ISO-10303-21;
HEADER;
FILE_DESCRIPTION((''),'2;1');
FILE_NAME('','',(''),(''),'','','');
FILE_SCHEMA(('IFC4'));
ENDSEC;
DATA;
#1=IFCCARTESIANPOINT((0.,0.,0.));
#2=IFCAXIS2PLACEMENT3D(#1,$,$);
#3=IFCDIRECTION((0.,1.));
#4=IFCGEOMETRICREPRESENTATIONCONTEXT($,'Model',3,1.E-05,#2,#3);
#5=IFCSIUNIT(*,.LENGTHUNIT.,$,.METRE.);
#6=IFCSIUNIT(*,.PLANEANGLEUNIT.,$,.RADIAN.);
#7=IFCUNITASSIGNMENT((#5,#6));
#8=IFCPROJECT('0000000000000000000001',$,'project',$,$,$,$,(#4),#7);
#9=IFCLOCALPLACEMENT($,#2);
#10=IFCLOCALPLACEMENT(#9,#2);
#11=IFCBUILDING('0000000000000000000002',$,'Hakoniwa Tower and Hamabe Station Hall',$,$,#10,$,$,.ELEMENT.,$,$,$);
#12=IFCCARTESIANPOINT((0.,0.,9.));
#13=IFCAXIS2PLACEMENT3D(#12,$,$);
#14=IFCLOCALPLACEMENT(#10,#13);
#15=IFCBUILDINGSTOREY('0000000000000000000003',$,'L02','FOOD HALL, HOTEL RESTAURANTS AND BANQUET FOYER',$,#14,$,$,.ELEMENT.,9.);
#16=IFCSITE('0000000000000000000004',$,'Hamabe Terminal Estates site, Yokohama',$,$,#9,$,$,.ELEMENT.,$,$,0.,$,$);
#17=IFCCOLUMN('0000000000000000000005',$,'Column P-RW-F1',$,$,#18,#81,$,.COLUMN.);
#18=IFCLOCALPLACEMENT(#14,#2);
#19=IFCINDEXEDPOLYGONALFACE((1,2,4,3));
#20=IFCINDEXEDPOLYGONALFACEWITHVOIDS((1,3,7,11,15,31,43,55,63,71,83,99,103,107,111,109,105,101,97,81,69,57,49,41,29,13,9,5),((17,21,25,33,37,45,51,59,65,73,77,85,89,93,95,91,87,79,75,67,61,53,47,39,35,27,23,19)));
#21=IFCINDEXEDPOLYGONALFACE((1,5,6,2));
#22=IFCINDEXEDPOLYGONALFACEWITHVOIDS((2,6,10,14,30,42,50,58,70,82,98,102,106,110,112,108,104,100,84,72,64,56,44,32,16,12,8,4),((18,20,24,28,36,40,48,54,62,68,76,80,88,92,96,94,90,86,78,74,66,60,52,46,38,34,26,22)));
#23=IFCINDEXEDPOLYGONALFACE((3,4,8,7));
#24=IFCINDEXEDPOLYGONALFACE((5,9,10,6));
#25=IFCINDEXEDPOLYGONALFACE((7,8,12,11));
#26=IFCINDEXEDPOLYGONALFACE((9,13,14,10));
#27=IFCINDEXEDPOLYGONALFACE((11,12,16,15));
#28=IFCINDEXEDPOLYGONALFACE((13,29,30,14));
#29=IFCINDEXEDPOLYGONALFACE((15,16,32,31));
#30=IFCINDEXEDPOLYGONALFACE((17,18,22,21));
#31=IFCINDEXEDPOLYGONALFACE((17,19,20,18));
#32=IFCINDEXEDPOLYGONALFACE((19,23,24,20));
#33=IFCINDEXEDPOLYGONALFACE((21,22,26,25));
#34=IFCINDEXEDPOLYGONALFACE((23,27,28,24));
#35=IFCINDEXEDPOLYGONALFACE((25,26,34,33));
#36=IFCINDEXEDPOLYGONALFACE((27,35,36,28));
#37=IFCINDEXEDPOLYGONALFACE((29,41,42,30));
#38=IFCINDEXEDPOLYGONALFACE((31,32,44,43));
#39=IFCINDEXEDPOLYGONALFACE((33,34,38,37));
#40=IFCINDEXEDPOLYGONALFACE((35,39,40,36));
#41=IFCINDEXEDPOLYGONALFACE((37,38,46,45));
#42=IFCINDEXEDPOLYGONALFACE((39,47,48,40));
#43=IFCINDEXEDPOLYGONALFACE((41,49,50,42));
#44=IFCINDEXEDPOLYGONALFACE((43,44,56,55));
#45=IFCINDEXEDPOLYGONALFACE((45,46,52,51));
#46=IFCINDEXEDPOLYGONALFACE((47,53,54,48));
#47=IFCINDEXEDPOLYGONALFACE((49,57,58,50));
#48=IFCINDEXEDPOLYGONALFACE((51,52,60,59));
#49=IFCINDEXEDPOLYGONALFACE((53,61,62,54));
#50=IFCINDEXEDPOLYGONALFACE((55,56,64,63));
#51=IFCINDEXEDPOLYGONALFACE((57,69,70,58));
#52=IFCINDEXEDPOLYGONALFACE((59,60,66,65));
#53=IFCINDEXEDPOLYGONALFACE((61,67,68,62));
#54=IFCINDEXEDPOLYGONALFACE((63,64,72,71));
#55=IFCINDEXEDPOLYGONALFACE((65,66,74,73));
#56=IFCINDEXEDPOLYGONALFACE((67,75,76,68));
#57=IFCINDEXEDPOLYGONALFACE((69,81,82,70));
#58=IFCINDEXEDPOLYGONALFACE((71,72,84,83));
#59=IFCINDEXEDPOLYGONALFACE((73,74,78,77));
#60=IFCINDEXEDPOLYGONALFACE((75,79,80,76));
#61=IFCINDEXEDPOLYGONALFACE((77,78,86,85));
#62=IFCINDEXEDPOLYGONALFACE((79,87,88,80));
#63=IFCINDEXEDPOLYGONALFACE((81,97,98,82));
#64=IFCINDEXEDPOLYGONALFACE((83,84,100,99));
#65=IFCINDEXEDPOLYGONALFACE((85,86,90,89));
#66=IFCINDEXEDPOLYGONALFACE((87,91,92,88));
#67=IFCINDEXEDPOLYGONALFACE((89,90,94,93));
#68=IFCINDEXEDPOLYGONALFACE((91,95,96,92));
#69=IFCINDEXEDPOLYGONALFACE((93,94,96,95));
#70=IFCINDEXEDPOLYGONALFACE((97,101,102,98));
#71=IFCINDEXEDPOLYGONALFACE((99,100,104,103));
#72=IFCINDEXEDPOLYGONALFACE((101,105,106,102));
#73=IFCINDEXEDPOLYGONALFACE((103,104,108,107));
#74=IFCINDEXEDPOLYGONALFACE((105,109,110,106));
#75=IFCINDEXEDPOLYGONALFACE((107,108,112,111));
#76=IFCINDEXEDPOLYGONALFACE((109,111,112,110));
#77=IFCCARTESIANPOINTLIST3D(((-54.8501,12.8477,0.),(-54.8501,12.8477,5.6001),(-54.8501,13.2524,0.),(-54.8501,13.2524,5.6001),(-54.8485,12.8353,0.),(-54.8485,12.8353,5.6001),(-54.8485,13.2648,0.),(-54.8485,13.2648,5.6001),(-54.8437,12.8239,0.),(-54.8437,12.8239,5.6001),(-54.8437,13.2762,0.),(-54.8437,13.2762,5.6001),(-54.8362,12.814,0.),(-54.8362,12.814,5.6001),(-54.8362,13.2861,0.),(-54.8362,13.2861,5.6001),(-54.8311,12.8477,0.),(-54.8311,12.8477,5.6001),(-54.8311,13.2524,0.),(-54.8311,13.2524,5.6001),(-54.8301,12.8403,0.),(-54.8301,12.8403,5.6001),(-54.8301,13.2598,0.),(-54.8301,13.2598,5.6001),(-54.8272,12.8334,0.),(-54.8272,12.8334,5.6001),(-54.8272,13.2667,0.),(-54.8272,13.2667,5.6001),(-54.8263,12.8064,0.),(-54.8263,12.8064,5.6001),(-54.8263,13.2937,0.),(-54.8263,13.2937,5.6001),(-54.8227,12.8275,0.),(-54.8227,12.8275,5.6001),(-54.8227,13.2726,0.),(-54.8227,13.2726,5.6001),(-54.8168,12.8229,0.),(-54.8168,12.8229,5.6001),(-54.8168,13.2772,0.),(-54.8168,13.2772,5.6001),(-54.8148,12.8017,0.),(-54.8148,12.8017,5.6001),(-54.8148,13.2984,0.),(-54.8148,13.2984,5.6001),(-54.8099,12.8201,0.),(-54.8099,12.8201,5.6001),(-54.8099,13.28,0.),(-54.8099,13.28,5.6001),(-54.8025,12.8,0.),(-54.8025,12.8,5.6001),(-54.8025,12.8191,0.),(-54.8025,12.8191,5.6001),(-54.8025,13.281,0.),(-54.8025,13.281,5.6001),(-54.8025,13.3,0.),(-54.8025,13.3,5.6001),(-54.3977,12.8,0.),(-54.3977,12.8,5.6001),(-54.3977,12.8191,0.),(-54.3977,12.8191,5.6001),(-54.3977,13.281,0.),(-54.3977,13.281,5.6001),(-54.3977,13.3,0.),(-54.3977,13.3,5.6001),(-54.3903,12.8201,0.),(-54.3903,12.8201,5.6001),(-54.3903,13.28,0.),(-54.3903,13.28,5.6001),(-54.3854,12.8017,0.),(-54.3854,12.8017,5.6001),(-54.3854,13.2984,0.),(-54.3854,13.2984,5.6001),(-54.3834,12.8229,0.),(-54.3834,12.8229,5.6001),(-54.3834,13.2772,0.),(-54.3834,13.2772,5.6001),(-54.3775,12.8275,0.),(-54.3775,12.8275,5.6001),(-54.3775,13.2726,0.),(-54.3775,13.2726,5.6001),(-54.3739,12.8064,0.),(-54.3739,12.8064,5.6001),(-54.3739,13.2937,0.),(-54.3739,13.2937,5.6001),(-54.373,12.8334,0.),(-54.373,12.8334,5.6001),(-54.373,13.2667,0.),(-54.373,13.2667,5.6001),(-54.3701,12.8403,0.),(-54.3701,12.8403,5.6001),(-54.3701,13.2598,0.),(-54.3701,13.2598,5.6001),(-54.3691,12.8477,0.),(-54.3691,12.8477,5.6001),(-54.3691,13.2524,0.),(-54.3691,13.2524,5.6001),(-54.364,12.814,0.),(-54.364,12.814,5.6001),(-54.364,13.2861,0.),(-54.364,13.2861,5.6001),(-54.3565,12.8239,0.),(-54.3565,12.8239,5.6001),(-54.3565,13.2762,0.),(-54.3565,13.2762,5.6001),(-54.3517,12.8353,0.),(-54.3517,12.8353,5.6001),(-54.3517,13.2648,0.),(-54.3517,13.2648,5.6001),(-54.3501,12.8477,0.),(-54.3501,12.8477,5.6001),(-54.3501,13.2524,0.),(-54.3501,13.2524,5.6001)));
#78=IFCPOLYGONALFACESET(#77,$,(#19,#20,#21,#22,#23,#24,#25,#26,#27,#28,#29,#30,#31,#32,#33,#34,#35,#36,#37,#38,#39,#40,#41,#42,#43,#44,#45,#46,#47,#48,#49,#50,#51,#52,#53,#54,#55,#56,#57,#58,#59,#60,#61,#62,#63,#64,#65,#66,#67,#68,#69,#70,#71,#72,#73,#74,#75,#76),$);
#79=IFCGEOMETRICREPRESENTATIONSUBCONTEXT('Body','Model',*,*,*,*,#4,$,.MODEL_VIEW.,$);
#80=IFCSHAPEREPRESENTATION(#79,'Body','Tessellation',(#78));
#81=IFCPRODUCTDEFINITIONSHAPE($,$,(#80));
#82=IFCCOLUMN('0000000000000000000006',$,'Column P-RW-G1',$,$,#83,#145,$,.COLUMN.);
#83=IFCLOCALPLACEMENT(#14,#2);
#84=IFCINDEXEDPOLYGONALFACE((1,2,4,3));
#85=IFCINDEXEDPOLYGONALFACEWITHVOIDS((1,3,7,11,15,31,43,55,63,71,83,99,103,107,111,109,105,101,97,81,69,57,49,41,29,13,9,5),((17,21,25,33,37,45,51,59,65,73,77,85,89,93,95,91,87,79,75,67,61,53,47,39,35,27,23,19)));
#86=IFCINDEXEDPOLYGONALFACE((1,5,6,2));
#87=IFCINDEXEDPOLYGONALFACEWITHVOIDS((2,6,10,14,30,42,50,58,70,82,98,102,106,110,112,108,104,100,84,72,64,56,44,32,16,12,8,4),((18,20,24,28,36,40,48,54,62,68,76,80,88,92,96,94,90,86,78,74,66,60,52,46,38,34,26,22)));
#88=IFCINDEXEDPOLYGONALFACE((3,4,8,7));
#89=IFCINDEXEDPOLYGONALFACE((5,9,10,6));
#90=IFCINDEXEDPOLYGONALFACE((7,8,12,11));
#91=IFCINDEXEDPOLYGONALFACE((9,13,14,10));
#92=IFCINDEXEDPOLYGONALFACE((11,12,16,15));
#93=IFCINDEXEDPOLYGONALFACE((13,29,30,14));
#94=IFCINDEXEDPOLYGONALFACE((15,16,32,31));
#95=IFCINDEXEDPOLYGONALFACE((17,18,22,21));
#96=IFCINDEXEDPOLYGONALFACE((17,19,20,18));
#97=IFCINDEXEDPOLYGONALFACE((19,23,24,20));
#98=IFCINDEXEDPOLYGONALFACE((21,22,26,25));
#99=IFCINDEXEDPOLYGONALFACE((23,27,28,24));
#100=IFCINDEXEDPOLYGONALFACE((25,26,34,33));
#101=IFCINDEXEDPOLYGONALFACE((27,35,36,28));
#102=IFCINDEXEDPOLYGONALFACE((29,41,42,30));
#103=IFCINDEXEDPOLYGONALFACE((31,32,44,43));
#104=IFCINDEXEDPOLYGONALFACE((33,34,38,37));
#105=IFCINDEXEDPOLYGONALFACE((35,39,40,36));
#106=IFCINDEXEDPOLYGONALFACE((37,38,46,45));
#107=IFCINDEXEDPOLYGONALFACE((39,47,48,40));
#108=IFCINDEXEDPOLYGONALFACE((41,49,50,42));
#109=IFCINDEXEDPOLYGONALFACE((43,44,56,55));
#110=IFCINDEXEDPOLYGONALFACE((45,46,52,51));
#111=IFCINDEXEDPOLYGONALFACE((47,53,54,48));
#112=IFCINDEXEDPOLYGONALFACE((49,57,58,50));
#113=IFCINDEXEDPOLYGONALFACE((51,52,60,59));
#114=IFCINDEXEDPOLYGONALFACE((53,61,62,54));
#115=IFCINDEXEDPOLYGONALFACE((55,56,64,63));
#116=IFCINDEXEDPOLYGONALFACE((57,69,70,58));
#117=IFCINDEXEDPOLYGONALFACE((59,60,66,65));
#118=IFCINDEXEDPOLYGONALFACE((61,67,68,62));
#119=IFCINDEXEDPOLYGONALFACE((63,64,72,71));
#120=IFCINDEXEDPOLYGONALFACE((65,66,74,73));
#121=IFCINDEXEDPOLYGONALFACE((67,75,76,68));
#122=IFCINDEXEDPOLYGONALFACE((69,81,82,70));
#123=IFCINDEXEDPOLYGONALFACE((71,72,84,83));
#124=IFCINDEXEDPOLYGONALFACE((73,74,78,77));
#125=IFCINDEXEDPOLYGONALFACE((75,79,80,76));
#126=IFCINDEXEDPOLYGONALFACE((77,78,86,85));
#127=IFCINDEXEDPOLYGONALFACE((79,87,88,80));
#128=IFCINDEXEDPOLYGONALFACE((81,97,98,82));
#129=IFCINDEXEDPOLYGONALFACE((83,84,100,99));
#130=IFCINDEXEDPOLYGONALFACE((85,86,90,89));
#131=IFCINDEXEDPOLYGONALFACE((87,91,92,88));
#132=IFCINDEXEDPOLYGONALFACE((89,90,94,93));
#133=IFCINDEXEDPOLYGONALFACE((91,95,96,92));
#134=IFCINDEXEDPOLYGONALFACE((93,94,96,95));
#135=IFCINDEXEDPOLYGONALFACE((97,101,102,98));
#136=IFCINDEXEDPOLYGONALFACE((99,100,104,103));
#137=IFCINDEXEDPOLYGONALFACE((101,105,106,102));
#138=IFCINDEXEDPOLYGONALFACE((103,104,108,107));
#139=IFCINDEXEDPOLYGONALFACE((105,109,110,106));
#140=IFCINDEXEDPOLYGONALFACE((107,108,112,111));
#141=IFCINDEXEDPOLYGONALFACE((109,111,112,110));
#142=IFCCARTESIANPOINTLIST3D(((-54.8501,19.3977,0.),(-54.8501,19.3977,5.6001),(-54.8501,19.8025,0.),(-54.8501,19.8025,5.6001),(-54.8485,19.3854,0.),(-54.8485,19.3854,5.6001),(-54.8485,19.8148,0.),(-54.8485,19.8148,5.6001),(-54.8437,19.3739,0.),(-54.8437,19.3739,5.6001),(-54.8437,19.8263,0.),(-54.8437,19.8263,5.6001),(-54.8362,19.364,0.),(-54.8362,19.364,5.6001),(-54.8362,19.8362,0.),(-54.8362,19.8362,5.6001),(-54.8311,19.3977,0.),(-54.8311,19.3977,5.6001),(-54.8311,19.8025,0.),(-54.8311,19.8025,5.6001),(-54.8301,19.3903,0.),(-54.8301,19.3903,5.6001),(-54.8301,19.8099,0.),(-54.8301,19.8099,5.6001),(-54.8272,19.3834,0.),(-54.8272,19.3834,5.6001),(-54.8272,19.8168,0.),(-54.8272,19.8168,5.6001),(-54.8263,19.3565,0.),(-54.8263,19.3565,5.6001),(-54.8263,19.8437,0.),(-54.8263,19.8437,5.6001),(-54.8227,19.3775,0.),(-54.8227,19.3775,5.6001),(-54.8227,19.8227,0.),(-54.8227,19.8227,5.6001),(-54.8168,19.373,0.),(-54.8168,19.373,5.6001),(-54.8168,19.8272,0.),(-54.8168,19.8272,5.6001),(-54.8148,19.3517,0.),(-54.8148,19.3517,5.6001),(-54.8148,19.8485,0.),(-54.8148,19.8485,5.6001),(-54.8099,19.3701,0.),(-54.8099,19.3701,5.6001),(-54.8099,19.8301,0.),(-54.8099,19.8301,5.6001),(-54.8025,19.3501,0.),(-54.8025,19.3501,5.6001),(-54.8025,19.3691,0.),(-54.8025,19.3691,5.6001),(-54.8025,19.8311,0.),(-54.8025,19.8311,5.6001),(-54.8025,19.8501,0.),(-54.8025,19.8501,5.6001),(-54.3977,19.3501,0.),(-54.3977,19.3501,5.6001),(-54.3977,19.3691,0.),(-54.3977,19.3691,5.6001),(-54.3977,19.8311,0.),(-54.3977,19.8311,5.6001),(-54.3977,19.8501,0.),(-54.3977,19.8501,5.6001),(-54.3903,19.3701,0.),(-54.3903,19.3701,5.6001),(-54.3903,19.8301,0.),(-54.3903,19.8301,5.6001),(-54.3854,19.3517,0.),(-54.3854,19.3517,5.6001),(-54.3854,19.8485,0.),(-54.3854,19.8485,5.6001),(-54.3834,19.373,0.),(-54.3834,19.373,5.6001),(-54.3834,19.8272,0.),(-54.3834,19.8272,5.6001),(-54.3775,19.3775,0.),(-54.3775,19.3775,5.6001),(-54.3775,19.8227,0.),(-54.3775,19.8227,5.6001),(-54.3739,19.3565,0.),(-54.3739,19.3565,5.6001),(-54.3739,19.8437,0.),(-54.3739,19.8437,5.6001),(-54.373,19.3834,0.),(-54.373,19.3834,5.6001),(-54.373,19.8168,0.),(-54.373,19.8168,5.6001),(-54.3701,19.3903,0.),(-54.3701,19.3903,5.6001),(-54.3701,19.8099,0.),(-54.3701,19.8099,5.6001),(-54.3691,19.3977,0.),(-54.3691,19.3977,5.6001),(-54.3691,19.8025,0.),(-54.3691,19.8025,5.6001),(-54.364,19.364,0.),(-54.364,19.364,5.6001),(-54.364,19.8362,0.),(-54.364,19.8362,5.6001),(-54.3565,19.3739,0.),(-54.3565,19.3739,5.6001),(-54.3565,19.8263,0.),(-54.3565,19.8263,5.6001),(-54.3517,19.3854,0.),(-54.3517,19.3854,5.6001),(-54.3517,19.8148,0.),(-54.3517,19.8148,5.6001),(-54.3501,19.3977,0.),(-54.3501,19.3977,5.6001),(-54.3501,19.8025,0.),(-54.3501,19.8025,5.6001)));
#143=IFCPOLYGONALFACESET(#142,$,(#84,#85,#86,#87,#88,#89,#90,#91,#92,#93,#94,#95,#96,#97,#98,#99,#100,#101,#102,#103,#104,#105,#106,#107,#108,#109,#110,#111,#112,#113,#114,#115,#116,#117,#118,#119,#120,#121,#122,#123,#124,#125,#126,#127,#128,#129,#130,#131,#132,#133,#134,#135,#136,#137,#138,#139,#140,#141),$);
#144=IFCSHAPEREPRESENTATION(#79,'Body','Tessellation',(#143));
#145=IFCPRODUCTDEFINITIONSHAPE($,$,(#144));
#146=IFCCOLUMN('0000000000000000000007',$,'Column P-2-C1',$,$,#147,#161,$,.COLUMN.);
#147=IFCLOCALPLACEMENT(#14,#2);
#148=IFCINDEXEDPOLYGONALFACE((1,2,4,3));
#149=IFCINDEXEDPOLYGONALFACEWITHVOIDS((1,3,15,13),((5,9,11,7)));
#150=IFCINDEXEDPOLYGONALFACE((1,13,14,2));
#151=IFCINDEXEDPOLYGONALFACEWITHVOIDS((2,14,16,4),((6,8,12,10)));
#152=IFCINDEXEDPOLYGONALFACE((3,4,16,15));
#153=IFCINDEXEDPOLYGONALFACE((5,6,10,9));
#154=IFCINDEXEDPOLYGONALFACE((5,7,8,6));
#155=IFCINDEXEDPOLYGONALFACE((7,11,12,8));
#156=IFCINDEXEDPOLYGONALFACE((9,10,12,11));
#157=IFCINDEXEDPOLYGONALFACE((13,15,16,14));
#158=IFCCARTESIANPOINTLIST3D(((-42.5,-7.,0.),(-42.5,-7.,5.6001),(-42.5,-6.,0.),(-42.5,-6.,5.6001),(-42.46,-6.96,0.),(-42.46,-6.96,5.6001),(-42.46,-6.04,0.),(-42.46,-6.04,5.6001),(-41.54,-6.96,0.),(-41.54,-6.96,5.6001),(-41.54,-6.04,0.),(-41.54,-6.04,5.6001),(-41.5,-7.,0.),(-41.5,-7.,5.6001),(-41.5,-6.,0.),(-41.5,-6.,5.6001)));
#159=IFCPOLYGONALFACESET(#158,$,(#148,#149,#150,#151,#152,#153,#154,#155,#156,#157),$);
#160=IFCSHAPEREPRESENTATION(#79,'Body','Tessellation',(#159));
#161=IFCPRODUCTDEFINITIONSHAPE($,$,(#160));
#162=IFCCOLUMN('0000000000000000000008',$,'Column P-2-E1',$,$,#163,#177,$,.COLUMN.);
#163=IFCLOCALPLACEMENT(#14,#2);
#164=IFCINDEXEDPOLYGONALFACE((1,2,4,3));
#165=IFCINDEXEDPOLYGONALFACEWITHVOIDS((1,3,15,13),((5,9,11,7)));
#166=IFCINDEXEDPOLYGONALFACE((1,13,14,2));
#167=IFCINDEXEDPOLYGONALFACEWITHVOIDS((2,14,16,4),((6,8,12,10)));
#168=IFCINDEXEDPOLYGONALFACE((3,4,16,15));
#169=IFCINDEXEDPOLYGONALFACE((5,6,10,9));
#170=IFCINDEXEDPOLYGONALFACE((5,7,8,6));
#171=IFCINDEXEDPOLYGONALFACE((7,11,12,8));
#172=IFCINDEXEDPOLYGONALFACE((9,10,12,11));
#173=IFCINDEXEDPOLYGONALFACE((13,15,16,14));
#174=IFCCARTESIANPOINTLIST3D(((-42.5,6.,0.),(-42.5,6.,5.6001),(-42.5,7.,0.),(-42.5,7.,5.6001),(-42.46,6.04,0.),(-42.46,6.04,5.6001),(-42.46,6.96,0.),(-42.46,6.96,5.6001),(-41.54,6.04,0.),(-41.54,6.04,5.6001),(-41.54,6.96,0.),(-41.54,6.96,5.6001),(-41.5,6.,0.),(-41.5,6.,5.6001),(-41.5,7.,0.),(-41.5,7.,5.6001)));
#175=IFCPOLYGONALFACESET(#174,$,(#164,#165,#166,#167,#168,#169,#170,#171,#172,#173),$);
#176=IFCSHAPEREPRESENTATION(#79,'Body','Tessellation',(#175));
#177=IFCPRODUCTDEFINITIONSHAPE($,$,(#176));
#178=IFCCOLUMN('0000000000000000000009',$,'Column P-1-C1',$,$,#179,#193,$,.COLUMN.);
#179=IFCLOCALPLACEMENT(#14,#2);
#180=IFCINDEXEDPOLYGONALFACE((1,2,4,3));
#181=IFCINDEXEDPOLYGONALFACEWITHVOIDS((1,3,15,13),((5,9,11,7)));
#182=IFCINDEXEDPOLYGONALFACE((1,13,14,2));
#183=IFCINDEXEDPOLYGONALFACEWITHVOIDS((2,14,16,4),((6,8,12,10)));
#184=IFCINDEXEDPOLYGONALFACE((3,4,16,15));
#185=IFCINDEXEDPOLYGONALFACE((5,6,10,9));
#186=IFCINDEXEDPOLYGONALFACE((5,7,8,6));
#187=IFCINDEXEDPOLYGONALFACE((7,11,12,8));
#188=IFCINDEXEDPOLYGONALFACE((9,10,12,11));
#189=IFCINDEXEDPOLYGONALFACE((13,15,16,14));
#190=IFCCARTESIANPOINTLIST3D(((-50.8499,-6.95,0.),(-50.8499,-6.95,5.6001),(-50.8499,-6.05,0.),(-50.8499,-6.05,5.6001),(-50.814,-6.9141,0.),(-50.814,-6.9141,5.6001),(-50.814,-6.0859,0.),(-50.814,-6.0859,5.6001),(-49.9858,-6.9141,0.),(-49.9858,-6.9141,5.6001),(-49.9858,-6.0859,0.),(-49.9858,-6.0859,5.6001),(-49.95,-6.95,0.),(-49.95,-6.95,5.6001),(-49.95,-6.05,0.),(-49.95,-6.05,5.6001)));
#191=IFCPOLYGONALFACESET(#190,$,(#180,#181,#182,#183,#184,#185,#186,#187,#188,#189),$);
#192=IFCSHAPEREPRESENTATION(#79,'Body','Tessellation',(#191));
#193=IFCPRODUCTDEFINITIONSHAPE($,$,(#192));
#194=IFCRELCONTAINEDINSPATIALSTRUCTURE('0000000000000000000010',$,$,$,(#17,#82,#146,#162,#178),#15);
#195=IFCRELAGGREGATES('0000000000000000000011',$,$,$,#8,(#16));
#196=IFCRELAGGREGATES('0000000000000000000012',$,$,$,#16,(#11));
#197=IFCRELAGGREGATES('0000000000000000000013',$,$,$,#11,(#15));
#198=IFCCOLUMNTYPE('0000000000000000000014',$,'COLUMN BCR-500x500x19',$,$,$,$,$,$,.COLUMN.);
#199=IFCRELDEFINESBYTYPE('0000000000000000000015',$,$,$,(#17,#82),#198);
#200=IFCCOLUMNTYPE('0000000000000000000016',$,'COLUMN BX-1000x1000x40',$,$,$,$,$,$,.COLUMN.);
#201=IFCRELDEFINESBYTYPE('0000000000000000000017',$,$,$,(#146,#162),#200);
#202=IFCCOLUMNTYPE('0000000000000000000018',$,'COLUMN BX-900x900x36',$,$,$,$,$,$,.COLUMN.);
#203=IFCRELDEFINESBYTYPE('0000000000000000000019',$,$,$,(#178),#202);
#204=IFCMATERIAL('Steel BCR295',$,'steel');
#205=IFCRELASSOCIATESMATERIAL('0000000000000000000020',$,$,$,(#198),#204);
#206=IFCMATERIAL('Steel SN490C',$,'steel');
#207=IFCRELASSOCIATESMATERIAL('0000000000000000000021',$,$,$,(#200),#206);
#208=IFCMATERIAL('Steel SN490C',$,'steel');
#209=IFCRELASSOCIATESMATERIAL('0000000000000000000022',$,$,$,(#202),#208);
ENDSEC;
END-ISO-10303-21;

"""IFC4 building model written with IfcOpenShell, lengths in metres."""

from ifc_helpers import new_model, si_unit, direction, frame, origin, origin_2d, place, context, subcontext, project, spatial, hollow_rectangle, extrude, material, material_profile, profile_set, type_object, element, save


model = new_model("IFC4")

# Units and contexts
model_context = context("Model", 3, precision=1e-05, world=origin(), true_north=direction((0.0, 1.0)))
body_context = subcontext(model_context, "Body", "Model", "MODEL_VIEW")
ifc_project = project(units=[si_unit("LENGTHUNIT", "METRE"), si_unit("PLANEANGLEUNIT", "RADIAN")], contexts=[model_context])

# Site, building, storey
site_placement = place(None, origin())
site = spatial("IfcSite", under=ifc_project, at=site_placement, Name="Hamabe Terminal Estates site, Yokohama", CompositionType="ELEMENT", RefElevation=0.0)
building_placement = place(site_placement, origin())
building = spatial("IfcBuilding", under=site, at=building_placement, Name="Hakoniwa Tower and Hamabe Station Hall", CompositionType="ELEMENT")
storey_placement = place(building_placement, frame((0.0, 0.0, 9.0)))
storey = spatial("IfcBuildingStorey", under=building, at=storey_placement, Name="L02", Description="FOOD HALL, HOTEL RESTAURANTS AND BANQUET FOYER", CompositionType="ELEMENT", Elevation=9.0)

# Columns
ifc_material_1 = material(Name="Steel BCR295", Category="steel")
ifc_material_profile_1 = material_profile(ifc_material_1, hollow_rectangle(XDim=0.5, YDim=0.5, WallThickness=0.019, InnerFilletRadius=0.0286, OuterFilletRadius=0.0476, at=origin_2d()), Name="BCR-500x500x19")
ifc_profile_set_1 = profile_set([ifc_material_profile_1], Name="Steel BCR295")
column_type_1 = type_object("IfcColumnType", Name="COLUMN BCR-500x500x19", PredefinedType="COLUMN", material=ifc_profile_set_1)
for number, where, z_axis, x_axis, name in (
    (1, (-54.6001, 13.05, 0.0), (0.0, 0.0, 1.0), (1.0, 0.0, 0.0), "Column P-RW-F1"),
    (2, (-54.6001, 19.6001, 0.0), (0.0, 0.0, 1.0), (1.0, 0.0, 0.0), "Column P-RW-G1"),
):
    element("IfcColumn", number, at=place(storey_placement, frame(where, z_axis=z_axis, x_axis=x_axis)), inside=storey, type_object=column_type_1, Name=name, PredefinedType="COLUMN", context=body_context, shape_type="SweptSolid", body=[
        extrude(hollow_rectangle(XDim=0.5, YDim=0.5, WallThickness=0.019, InnerFilletRadius=0.0286, OuterFilletRadius=0.0476, at=origin_2d()), origin(), (0.0, 0.0, 1.0), 5.6001),
    ])
ifc_material_2 = material(Name="Steel SN490C", Category="steel")
ifc_material_profile_2 = material_profile(ifc_material_2, hollow_rectangle(XDim=1.0, YDim=1.0, WallThickness=0.04, at=origin_2d()), Name="BX-1000x1000x40")
ifc_profile_set_2 = profile_set([ifc_material_profile_2], Name="Steel SN490C")
column_type_2 = type_object("IfcColumnType", Name="COLUMN BX-1000x1000x40", PredefinedType="COLUMN", material=ifc_profile_set_2)
for number, where, z_axis, x_axis, name in (
    (3, (-42.0, -6.5, 0.0), (0.0, 0.0, 1.0), (1.0, 0.0, 0.0), "Column P-2-C1"),
    (4, (-42.0, 6.5, 0.0), (0.0, 0.0, 1.0), (1.0, 0.0, 0.0), "Column P-2-E1"),
):
    element("IfcColumn", number, at=place(storey_placement, frame(where, z_axis=z_axis, x_axis=x_axis)), inside=storey, type_object=column_type_2, Name=name, PredefinedType="COLUMN", context=body_context, shape_type="SweptSolid", body=[
        extrude(hollow_rectangle(XDim=1.0, YDim=1.0, WallThickness=0.04, at=origin_2d()), origin(), (0.0, 0.0, 1.0), 5.6001),
    ])
ifc_material_3 = material(Name="Steel SN490C", Category="steel")
ifc_material_profile_3 = material_profile(ifc_material_3, hollow_rectangle(XDim=0.8999, YDim=0.8999, WallThickness=0.0359, at=origin_2d()), Name="BX-900x900x36")
ifc_profile_set_3 = profile_set([ifc_material_profile_3], Name="Steel SN490C")
column_type_3 = type_object("IfcColumnType", Name="COLUMN BX-900x900x36", PredefinedType="COLUMN", material=ifc_profile_set_3)
for number, where, z_axis, x_axis, name in (
    (5, (-50.3999, -6.5, 0.0), (0.0, 0.0, 1.0), (1.0, 0.0, 0.0), "Column P-1-C1"),
):
    element("IfcColumn", number, at=place(storey_placement, frame(where, z_axis=z_axis, x_axis=x_axis)), inside=storey, type_object=column_type_3, Name=name, PredefinedType="COLUMN", context=body_context, shape_type="SweptSolid", body=[
        extrude(hollow_rectangle(XDim=0.8999, YDim=0.8999, WallThickness=0.0359, at=origin_2d()), origin(), (0.0, 0.0, 1.0), 5.6001),
    ])

save(model, "model.ifc")
